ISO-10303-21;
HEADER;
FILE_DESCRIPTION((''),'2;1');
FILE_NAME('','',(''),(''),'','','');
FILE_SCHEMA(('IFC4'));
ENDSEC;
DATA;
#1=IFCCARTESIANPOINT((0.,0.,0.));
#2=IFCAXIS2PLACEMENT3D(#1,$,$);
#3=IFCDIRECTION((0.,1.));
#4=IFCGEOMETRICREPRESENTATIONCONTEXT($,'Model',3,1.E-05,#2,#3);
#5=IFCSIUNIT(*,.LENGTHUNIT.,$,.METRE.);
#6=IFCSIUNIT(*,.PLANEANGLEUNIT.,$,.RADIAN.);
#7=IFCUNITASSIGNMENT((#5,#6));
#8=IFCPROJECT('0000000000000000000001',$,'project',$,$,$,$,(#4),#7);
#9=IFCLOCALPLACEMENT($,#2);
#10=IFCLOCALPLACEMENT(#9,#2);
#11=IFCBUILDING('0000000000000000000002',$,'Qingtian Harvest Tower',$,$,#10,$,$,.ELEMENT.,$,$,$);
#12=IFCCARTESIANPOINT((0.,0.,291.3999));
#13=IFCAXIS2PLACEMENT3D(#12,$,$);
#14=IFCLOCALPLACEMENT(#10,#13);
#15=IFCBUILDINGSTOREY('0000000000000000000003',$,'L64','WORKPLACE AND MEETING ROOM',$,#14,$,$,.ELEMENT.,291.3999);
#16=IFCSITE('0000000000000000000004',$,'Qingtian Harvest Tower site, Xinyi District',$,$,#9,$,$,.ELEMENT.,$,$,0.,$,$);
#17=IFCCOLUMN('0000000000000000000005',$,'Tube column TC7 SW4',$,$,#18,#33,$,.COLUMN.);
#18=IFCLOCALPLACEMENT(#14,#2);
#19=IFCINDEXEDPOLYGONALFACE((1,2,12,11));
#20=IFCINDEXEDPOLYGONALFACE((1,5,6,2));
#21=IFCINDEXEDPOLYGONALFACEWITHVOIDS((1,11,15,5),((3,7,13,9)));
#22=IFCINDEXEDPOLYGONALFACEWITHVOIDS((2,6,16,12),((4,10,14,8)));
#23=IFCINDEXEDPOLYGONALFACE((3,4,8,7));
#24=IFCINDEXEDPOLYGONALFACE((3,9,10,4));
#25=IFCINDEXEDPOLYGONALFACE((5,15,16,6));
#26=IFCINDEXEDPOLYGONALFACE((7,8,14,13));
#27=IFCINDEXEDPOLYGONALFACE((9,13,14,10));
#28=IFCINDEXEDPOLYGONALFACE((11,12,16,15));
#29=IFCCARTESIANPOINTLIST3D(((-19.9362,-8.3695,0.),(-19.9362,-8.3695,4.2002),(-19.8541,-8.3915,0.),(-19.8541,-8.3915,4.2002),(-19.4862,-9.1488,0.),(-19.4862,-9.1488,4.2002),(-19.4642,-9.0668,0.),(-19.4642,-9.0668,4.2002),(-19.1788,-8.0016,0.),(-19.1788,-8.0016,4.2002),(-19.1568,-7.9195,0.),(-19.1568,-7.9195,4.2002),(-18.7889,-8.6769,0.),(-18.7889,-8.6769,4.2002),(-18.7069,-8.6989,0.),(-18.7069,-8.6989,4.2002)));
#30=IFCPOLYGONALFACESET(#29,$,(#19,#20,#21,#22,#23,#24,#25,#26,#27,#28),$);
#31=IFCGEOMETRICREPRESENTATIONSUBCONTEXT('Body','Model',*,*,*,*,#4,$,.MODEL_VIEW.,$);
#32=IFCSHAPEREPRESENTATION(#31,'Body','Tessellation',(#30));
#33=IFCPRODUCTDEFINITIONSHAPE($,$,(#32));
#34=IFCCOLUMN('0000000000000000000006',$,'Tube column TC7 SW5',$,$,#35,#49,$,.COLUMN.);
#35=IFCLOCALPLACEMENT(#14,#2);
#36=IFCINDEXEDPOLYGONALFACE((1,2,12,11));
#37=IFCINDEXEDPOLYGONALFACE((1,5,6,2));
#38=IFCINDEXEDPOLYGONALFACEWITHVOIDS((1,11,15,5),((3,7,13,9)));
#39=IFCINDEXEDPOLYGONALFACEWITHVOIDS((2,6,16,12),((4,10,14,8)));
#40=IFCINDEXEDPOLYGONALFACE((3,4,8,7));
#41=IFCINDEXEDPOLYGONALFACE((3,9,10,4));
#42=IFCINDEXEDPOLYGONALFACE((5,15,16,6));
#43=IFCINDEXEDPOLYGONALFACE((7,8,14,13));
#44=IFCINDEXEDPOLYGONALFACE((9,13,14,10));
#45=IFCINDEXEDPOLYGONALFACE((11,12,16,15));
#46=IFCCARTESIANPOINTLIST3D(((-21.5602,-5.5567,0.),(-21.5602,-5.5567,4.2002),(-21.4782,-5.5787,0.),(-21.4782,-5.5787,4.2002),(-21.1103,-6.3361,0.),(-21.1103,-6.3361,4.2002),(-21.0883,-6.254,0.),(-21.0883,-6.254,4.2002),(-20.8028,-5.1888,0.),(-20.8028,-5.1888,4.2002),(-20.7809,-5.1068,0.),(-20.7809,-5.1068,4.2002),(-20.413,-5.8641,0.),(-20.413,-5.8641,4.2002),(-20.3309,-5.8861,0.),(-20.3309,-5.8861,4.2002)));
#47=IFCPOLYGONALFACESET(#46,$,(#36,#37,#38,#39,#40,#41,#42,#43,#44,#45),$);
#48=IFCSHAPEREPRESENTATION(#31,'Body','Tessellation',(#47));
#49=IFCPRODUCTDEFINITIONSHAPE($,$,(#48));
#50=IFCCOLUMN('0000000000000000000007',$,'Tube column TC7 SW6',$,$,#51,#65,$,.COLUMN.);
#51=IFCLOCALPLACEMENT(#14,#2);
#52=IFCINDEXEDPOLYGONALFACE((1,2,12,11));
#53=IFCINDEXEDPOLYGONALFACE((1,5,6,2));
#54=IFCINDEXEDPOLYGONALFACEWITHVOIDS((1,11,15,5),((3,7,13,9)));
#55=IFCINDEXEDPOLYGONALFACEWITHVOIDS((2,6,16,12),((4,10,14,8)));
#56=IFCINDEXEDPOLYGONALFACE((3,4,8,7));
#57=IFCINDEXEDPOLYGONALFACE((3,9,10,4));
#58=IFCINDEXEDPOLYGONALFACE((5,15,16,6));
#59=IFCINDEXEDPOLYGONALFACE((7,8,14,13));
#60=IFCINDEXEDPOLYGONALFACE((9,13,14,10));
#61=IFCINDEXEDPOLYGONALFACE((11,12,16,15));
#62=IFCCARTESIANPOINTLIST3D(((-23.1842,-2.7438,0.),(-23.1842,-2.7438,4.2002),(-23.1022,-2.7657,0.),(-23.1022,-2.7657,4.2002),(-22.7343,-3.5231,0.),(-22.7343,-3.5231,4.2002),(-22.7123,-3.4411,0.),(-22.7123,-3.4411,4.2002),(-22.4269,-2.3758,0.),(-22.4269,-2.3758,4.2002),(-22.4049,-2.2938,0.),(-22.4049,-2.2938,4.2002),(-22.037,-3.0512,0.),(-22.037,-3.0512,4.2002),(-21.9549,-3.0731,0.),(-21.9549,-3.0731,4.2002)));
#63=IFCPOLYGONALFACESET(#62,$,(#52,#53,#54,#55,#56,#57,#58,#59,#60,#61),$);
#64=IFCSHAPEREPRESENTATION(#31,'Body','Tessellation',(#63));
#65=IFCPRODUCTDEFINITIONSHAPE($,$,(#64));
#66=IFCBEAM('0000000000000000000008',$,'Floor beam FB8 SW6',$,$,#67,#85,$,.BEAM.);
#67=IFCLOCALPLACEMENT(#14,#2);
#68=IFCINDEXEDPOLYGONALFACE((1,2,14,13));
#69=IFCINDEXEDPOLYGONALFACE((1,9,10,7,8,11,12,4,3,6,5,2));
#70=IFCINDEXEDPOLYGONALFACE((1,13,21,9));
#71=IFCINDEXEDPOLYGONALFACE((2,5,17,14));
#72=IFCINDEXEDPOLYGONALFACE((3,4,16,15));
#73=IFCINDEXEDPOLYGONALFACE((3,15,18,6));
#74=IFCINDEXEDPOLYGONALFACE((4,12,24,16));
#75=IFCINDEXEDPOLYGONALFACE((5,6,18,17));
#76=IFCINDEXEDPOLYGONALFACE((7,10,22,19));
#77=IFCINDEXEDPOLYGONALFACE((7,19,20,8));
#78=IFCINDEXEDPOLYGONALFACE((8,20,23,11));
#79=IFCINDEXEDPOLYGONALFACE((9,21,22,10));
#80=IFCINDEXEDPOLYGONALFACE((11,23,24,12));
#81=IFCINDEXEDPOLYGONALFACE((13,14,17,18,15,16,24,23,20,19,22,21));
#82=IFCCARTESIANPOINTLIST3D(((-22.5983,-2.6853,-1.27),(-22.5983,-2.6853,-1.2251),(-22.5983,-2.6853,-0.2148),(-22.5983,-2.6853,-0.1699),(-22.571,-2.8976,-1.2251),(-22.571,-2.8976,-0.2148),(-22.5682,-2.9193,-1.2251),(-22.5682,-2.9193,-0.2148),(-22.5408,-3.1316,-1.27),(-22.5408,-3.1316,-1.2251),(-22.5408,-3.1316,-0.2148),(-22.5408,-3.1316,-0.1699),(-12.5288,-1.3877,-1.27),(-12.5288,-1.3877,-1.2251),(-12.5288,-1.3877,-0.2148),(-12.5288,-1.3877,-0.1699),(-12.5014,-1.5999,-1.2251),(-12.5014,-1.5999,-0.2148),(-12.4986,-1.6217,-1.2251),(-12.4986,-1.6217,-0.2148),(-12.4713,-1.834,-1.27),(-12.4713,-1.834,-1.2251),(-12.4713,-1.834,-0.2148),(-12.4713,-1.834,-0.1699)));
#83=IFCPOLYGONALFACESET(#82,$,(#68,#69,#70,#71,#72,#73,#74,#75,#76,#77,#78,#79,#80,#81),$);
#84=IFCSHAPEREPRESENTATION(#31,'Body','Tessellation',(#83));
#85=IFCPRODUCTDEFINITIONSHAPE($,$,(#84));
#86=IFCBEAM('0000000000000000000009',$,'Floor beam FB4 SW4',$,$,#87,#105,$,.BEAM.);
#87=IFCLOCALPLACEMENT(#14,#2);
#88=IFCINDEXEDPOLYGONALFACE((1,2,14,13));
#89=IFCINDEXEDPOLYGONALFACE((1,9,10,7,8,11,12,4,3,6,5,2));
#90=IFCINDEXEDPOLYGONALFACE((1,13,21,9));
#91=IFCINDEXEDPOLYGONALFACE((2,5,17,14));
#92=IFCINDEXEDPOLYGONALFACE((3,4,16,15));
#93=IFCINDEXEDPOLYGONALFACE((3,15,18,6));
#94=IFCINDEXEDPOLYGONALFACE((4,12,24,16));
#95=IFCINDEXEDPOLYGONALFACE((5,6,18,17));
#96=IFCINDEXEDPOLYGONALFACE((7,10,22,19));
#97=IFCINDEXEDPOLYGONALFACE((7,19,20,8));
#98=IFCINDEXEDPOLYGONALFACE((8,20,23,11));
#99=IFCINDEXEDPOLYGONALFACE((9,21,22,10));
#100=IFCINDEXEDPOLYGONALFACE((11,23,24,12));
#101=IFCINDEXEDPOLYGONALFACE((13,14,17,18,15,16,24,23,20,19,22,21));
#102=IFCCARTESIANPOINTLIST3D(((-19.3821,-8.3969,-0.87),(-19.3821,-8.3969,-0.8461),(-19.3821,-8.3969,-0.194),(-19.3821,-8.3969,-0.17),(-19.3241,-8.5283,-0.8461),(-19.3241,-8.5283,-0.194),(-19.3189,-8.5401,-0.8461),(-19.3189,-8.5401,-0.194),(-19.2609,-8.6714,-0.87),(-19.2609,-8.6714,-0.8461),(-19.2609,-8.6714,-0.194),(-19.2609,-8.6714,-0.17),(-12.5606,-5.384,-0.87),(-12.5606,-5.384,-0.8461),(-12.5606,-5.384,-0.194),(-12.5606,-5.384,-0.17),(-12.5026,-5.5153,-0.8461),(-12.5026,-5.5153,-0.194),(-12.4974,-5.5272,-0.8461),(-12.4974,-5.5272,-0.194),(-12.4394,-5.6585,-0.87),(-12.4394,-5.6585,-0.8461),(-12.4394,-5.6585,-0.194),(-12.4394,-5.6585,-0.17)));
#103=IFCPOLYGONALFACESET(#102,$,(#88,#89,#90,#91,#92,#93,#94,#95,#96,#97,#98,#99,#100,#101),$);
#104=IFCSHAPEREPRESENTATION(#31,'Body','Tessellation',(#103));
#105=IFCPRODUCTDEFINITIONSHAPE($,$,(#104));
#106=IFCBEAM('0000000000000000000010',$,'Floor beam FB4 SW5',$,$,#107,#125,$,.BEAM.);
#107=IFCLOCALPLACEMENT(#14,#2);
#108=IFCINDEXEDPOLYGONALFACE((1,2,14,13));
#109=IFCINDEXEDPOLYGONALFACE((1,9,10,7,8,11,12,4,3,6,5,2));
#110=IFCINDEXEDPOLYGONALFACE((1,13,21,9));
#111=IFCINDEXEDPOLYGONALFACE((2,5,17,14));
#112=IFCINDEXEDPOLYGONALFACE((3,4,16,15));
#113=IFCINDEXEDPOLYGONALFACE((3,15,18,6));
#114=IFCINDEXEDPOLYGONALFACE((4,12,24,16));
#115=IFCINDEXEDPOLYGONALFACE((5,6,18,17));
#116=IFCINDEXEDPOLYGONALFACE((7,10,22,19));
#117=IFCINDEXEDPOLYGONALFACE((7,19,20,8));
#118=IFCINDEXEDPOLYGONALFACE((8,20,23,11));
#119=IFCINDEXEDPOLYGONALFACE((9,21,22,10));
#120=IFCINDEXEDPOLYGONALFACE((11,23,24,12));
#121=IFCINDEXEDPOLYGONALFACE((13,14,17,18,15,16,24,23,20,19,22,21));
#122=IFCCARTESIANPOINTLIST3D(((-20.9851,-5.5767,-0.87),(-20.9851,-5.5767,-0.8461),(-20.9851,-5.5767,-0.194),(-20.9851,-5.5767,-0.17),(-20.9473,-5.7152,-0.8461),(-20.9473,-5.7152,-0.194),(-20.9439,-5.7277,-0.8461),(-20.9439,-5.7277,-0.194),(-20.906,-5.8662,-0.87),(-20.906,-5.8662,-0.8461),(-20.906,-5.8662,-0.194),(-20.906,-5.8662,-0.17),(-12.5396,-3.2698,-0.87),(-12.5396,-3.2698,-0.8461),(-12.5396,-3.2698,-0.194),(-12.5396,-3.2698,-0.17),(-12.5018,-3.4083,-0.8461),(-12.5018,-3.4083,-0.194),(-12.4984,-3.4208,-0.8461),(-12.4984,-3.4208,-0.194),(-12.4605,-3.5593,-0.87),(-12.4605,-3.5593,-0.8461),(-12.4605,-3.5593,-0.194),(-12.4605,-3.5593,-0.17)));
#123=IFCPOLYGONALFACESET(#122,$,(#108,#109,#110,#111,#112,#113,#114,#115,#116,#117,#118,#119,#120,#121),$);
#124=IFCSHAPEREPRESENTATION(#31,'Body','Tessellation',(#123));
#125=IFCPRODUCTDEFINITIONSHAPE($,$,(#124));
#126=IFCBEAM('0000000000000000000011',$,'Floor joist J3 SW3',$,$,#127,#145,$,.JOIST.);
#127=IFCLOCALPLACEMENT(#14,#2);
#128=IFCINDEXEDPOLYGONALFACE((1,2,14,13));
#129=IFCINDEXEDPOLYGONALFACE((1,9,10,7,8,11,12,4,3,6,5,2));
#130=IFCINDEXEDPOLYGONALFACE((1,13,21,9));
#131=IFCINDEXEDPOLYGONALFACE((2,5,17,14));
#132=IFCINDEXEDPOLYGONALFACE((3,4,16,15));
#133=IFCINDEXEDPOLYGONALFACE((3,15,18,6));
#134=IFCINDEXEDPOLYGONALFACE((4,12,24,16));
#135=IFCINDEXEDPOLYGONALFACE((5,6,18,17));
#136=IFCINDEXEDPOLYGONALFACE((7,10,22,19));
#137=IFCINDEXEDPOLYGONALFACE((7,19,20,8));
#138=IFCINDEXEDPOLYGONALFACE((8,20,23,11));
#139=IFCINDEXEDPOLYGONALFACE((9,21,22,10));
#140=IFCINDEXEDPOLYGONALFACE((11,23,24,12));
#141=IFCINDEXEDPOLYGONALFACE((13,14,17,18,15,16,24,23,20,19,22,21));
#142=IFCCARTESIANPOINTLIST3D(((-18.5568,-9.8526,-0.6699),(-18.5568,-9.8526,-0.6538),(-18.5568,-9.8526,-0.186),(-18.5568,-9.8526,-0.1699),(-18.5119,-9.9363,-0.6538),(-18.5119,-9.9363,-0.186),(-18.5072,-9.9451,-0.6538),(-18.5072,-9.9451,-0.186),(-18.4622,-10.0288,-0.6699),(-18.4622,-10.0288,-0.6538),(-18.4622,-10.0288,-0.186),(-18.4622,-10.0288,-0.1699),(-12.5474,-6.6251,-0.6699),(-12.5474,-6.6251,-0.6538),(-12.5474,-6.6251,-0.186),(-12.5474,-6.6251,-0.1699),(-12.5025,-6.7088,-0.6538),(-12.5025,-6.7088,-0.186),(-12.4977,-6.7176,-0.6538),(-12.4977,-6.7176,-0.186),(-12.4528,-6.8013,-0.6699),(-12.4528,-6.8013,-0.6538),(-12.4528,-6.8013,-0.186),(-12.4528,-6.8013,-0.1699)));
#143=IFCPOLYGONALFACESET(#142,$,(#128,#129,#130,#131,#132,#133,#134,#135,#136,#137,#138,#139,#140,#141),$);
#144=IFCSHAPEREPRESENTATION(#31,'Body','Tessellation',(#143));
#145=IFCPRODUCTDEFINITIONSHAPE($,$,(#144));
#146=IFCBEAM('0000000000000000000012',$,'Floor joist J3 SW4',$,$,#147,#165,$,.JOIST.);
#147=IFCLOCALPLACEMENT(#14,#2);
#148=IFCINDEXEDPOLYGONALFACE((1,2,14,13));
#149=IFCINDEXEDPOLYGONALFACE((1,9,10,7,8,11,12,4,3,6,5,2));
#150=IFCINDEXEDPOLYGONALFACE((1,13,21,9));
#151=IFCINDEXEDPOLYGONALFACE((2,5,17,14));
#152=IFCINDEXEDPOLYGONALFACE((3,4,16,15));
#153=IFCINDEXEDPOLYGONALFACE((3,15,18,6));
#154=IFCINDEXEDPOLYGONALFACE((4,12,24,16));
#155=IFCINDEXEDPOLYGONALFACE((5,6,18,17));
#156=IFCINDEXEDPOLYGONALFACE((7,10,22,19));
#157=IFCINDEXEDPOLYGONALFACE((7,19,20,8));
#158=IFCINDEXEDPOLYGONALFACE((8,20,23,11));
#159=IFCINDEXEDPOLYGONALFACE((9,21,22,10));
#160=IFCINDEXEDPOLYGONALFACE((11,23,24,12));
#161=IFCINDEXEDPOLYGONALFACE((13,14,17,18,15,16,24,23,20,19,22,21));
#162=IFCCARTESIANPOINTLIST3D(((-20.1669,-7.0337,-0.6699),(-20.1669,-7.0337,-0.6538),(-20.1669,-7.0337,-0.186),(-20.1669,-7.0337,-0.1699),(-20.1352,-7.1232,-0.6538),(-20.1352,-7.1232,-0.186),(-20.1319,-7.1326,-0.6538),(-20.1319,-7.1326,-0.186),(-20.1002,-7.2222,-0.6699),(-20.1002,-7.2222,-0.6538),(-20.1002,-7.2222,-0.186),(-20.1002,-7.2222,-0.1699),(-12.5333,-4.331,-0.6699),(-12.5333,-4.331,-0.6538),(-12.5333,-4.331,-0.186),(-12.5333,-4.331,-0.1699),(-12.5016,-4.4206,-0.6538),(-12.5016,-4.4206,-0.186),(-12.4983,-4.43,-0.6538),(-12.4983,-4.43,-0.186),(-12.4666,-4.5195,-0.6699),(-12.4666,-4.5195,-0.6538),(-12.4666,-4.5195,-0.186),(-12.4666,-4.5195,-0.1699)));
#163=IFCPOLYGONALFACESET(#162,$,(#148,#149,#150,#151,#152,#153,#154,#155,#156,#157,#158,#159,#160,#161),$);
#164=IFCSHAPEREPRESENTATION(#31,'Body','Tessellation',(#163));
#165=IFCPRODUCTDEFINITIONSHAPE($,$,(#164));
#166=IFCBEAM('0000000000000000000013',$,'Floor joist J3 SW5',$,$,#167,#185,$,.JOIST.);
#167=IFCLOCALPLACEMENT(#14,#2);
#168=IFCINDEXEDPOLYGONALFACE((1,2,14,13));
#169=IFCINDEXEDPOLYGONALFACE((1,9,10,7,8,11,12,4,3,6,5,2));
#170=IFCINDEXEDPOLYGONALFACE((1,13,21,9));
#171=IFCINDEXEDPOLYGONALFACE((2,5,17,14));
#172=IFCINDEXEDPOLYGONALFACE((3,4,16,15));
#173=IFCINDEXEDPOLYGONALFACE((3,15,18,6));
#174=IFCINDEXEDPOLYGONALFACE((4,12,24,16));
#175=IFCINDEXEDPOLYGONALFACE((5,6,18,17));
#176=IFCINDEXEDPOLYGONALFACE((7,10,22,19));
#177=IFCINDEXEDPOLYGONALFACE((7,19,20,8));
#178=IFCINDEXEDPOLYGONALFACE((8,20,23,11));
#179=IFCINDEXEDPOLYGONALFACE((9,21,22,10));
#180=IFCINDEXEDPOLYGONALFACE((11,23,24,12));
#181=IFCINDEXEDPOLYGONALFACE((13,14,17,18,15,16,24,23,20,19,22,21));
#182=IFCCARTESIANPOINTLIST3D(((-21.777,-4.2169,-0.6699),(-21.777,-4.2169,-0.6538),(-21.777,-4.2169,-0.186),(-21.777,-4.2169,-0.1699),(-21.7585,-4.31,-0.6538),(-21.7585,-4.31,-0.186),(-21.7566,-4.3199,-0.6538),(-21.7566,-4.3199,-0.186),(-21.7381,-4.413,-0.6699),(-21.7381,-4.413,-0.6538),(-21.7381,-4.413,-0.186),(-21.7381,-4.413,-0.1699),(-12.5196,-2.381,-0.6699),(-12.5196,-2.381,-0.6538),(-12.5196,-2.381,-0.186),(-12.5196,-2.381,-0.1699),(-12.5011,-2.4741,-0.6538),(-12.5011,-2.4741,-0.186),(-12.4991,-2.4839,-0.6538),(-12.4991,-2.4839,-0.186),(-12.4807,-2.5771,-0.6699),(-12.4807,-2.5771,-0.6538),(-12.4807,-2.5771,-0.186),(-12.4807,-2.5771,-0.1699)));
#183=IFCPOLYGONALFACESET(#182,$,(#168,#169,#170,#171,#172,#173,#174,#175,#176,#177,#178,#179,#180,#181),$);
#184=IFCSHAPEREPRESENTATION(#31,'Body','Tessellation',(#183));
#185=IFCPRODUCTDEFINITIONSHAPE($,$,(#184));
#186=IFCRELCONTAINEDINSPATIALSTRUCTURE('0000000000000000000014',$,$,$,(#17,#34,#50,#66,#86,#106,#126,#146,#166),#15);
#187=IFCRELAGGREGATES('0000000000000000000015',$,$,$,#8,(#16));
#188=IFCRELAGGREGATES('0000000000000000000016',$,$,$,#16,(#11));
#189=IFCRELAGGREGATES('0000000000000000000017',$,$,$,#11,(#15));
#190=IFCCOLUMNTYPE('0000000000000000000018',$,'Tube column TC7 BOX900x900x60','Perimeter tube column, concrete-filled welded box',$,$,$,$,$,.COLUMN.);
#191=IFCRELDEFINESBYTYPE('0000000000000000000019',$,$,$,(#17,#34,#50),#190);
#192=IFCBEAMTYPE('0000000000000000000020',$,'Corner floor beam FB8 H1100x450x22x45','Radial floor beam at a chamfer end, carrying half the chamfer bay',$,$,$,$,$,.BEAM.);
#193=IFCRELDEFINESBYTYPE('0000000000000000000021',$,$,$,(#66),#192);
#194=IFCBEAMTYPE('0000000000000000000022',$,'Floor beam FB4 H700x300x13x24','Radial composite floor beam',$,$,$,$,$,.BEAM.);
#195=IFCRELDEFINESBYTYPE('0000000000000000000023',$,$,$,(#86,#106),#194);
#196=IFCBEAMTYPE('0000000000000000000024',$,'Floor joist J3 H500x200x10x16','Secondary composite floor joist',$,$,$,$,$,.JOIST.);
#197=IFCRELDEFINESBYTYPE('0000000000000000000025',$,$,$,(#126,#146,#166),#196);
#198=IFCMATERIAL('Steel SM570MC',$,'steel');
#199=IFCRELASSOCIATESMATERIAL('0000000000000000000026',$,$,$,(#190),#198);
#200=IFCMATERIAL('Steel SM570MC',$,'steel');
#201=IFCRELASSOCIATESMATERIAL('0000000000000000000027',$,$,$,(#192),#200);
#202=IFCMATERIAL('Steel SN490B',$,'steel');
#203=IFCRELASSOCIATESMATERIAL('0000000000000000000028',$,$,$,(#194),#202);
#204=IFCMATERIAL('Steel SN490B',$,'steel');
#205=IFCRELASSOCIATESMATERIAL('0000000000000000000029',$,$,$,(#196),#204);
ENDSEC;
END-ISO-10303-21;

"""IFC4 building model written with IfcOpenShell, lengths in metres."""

from ifc_helpers import new_model, si_unit, direction, frame, origin, origin_2d, place, context, subcontext, project, spatial, hollow_rectangle, i_section, extrude, material, material_profile, profile_set, type_object, element, save


model = new_model("IFC4")

# Units and contexts
model_context = context("Model", 3, precision=1e-05, world=origin(), true_north=direction((0.0, 1.0)))
body_context = subcontext(model_context, "Body", "Model", "MODEL_VIEW")
ifc_project = project(units=[si_unit("LENGTHUNIT", "METRE"), si_unit("PLANEANGLEUNIT", "RADIAN")], contexts=[model_context])

# Site, building, storey
site_placement = place(None, origin())
site = spatial("IfcSite", under=ifc_project, at=site_placement, Name="Qingtian Harvest Tower site, Xinyi District", CompositionType="ELEMENT", RefElevation=0.0)
building_placement = place(site_placement, origin())
building = spatial("IfcBuilding", under=site, at=building_placement, Name="Qingtian Harvest Tower", CompositionType="ELEMENT")
storey_placement = place(building_placement, frame((0.0, 0.0, 291.3999)))
storey = spatial("IfcBuildingStorey", under=building, at=storey_placement, Name="L64", Description="WORKPLACE AND MEETING ROOM", CompositionType="ELEMENT", Elevation=291.3999)

# Columns
ifc_material_1 = material(Name="Steel SM570MC", Category="steel")
ifc_material_profile_1 = material_profile(ifc_material_1, hollow_rectangle(XDim=0.8999, YDim=0.8999, WallThickness=0.0601, at=origin_2d()), Name="BOX900x900x60")
ifc_profile_set_1 = profile_set([ifc_material_profile_1], Name="Steel SM570MC")
column_type = type_object("IfcColumnType", Name="Tube column TC7 BOX900x900x60", Description="Perimeter tube column, concrete-filled welded box", PredefinedType="COLUMN", material=ifc_profile_set_1)
for number, where, z_axis, x_axis, name in (
    (1, (-19.3215, -8.5342, 0.0), (0.0, 0.0, 1.0), (0.5, -0.866025, 0.0), "Tube column TC7 SW4"),
    (2, (-20.9456, -5.7214, 0.0), (0.0, 0.0, 1.0), (0.5, -0.866025, 0.0), "Tube column TC7 SW5"),
    (3, (-22.5696, -2.9084, 0.0), (0.0, 0.0, 1.0), (0.5, -0.866025, 0.0), "Tube column TC7 SW6"),
):
    element("IfcColumn", number, at=place(storey_placement, frame(where, z_axis=z_axis, x_axis=x_axis)), inside=storey, type_object=column_type, Name=name, PredefinedType="COLUMN", context=body_context, shape_type="SweptSolid", body=[
        extrude(hollow_rectangle(XDim=0.8999, YDim=0.8999, WallThickness=0.0601, at=origin_2d()), origin(), (0.0, 0.0, 1.0), 4.2002),
    ])

# Beams
ifc_material_2 = material(Name="Steel SM570MC", Category="steel")
ifc_material_profile_2 = material_profile(ifc_material_2, i_section(OverallWidth=0.45, OverallDepth=1.1001, WebThickness=0.022, FlangeThickness=0.0449, at=origin_2d()), Name="H1100x450x22x45")
ifc_profile_set_2 = profile_set([ifc_material_profile_2], Name="Steel SM570MC")
beam_type_1 = type_object("IfcBeamType", Name="Corner floor beam FB8 H1100x450x22x45", Description="Radial floor beam at a chamfer end, carrying half the chamfer bay", PredefinedType="BEAM", material=ifc_profile_set_2)
beam_1_placement = place(storey_placement, frame((-22.5696, -2.9084, -0.72), z_axis=(0.991799, 0.127807, 0.0), x_axis=(-0.127807, 0.991799, 0.0)))
element("IfcBeam", 4, at=beam_1_placement, inside=storey, type_object=beam_type_1, Name="Floor beam FB8 SW6", PredefinedType="BEAM", context=body_context, shape_type="SweptSolid", body=[
    extrude(i_section(OverallWidth=0.45, OverallDepth=1.1001, WebThickness=0.022, FlangeThickness=0.0449, at=origin_2d()), origin(), (0.0, 0.0, 1.0), 10.1528),
])
ifc_material_3 = material(Name="Steel SN490B", Category="steel")
ifc_material_profile_3 = material_profile(ifc_material_3, i_section(OverallWidth=0.3, OverallDepth=0.7, WebThickness=0.0129, FlangeThickness=0.0239, at=origin_2d()), Name="H700x300x13x24")
ifc_profile_set_3 = profile_set([ifc_material_profile_3], Name="Steel SN490B")
beam_type_2 = type_object("IfcBeamType", Name="Floor beam FB4 H700x300x13x24", Description="Radial composite floor beam", PredefinedType="BEAM", material=ifc_profile_set_3)
beam_2_placement = place(storey_placement, frame((-19.3215, -8.5342, -0.52), z_axis=(0.914747, 0.404026, 0.0), x_axis=(-0.404026, 0.914747, 0.0)))
element("IfcBeam", 5, at=beam_2_placement, inside=storey, type_object=beam_type_2, Name="Floor beam FB4 SW4", PredefinedType="BEAM", context=body_context, shape_type="SweptSolid", body=[
    extrude(i_section(OverallWidth=0.3, OverallDepth=0.7, WebThickness=0.0129, FlangeThickness=0.0239, at=origin_2d()), origin(), (0.0, 0.0, 1.0), 7.4573),
])
beam_3_placement = place(storey_placement, frame((-20.9456, -5.7214, -0.52), z_axis=(0.964661, 0.263495, 0.0), x_axis=(-0.263495, 0.964661, 0.0)))
element("IfcBeam", 6, at=beam_3_placement, inside=storey, type_object=beam_type_2, Name="Floor beam FB4 SW5", PredefinedType="BEAM", context=body_context, shape_type="SweptSolid", body=[
    extrude(i_section(OverallWidth=0.3, OverallDepth=0.7, WebThickness=0.0129, FlangeThickness=0.0239, at=origin_2d()), origin(), (0.0, 0.0, 1.0), 8.7549),
])
ifc_material_4 = material(Name="Steel SN490B", Category="steel")
ifc_material_profile_4 = material_profile(ifc_material_4, i_section(OverallWidth=0.2, OverallDepth=0.5, WebThickness=0.01, FlangeThickness=0.0161, at=origin_2d()), Name="H500x200x10x16")
ifc_profile_set_4 = profile_set([ifc_material_profile_4], Name="Steel SN490B")
beam_type_3 = type_object("IfcBeamType", Name="Floor joist J3 H500x200x10x16", Description="Secondary composite floor joist", PredefinedType="JOIST", material=ifc_profile_set_4)
beam_4_placement = place(storey_placement, frame((-18.5095, -9.9407, -0.4199), z_axis=(0.880982, 0.47315, 0.0), x_axis=(-0.47315, 0.880982, 0.0)))
element("IfcBeam", 7, at=beam_4_placement, inside=storey, type_object=beam_type_3, Name="Floor joist J3 SW3", PredefinedType="JOIST", context=body_context, shape_type="SweptSolid", body=[
    extrude(i_section(OverallWidth=0.2, OverallDepth=0.5, WebThickness=0.01, FlangeThickness=0.0161, at=origin_2d()), origin(), (0.0, 0.0, 1.0), 6.8213),
])
beam_5_placement = place(storey_placement, frame((-20.1335, -7.1279, -0.4199), z_axis=(0.942663, 0.333747, 0.0), x_axis=(-0.333747, 0.942663, 0.0)))
element("IfcBeam", 8, at=beam_5_placement, inside=storey, type_object=beam_type_3, Name="Floor joist J3 SW4", PredefinedType="JOIST", context=body_context, shape_type="SweptSolid", body=[
    extrude(i_section(OverallWidth=0.2, OverallDepth=0.5, WebThickness=0.01, FlangeThickness=0.0161, at=origin_2d()), origin(), (0.0, 0.0, 1.0), 8.0979),
])
beam_6_placement = place(storey_placement, frame((-21.7576, -4.3149, -0.4199), z_axis=(0.980897, 0.194529, 0.0), x_axis=(-0.194529, 0.980897, 0.0)))
element("IfcBeam", 9, at=beam_6_placement, inside=storey, type_object=beam_type_3, Name="Floor joist J3 SW5", PredefinedType="JOIST", context=body_context, shape_type="SweptSolid", body=[
    extrude(i_section(OverallWidth=0.2, OverallDepth=0.5, WebThickness=0.01, FlangeThickness=0.0161, at=origin_2d()), origin(), (0.0, 0.0, 1.0), 9.4377),
])

save(model, "model.ifc")
